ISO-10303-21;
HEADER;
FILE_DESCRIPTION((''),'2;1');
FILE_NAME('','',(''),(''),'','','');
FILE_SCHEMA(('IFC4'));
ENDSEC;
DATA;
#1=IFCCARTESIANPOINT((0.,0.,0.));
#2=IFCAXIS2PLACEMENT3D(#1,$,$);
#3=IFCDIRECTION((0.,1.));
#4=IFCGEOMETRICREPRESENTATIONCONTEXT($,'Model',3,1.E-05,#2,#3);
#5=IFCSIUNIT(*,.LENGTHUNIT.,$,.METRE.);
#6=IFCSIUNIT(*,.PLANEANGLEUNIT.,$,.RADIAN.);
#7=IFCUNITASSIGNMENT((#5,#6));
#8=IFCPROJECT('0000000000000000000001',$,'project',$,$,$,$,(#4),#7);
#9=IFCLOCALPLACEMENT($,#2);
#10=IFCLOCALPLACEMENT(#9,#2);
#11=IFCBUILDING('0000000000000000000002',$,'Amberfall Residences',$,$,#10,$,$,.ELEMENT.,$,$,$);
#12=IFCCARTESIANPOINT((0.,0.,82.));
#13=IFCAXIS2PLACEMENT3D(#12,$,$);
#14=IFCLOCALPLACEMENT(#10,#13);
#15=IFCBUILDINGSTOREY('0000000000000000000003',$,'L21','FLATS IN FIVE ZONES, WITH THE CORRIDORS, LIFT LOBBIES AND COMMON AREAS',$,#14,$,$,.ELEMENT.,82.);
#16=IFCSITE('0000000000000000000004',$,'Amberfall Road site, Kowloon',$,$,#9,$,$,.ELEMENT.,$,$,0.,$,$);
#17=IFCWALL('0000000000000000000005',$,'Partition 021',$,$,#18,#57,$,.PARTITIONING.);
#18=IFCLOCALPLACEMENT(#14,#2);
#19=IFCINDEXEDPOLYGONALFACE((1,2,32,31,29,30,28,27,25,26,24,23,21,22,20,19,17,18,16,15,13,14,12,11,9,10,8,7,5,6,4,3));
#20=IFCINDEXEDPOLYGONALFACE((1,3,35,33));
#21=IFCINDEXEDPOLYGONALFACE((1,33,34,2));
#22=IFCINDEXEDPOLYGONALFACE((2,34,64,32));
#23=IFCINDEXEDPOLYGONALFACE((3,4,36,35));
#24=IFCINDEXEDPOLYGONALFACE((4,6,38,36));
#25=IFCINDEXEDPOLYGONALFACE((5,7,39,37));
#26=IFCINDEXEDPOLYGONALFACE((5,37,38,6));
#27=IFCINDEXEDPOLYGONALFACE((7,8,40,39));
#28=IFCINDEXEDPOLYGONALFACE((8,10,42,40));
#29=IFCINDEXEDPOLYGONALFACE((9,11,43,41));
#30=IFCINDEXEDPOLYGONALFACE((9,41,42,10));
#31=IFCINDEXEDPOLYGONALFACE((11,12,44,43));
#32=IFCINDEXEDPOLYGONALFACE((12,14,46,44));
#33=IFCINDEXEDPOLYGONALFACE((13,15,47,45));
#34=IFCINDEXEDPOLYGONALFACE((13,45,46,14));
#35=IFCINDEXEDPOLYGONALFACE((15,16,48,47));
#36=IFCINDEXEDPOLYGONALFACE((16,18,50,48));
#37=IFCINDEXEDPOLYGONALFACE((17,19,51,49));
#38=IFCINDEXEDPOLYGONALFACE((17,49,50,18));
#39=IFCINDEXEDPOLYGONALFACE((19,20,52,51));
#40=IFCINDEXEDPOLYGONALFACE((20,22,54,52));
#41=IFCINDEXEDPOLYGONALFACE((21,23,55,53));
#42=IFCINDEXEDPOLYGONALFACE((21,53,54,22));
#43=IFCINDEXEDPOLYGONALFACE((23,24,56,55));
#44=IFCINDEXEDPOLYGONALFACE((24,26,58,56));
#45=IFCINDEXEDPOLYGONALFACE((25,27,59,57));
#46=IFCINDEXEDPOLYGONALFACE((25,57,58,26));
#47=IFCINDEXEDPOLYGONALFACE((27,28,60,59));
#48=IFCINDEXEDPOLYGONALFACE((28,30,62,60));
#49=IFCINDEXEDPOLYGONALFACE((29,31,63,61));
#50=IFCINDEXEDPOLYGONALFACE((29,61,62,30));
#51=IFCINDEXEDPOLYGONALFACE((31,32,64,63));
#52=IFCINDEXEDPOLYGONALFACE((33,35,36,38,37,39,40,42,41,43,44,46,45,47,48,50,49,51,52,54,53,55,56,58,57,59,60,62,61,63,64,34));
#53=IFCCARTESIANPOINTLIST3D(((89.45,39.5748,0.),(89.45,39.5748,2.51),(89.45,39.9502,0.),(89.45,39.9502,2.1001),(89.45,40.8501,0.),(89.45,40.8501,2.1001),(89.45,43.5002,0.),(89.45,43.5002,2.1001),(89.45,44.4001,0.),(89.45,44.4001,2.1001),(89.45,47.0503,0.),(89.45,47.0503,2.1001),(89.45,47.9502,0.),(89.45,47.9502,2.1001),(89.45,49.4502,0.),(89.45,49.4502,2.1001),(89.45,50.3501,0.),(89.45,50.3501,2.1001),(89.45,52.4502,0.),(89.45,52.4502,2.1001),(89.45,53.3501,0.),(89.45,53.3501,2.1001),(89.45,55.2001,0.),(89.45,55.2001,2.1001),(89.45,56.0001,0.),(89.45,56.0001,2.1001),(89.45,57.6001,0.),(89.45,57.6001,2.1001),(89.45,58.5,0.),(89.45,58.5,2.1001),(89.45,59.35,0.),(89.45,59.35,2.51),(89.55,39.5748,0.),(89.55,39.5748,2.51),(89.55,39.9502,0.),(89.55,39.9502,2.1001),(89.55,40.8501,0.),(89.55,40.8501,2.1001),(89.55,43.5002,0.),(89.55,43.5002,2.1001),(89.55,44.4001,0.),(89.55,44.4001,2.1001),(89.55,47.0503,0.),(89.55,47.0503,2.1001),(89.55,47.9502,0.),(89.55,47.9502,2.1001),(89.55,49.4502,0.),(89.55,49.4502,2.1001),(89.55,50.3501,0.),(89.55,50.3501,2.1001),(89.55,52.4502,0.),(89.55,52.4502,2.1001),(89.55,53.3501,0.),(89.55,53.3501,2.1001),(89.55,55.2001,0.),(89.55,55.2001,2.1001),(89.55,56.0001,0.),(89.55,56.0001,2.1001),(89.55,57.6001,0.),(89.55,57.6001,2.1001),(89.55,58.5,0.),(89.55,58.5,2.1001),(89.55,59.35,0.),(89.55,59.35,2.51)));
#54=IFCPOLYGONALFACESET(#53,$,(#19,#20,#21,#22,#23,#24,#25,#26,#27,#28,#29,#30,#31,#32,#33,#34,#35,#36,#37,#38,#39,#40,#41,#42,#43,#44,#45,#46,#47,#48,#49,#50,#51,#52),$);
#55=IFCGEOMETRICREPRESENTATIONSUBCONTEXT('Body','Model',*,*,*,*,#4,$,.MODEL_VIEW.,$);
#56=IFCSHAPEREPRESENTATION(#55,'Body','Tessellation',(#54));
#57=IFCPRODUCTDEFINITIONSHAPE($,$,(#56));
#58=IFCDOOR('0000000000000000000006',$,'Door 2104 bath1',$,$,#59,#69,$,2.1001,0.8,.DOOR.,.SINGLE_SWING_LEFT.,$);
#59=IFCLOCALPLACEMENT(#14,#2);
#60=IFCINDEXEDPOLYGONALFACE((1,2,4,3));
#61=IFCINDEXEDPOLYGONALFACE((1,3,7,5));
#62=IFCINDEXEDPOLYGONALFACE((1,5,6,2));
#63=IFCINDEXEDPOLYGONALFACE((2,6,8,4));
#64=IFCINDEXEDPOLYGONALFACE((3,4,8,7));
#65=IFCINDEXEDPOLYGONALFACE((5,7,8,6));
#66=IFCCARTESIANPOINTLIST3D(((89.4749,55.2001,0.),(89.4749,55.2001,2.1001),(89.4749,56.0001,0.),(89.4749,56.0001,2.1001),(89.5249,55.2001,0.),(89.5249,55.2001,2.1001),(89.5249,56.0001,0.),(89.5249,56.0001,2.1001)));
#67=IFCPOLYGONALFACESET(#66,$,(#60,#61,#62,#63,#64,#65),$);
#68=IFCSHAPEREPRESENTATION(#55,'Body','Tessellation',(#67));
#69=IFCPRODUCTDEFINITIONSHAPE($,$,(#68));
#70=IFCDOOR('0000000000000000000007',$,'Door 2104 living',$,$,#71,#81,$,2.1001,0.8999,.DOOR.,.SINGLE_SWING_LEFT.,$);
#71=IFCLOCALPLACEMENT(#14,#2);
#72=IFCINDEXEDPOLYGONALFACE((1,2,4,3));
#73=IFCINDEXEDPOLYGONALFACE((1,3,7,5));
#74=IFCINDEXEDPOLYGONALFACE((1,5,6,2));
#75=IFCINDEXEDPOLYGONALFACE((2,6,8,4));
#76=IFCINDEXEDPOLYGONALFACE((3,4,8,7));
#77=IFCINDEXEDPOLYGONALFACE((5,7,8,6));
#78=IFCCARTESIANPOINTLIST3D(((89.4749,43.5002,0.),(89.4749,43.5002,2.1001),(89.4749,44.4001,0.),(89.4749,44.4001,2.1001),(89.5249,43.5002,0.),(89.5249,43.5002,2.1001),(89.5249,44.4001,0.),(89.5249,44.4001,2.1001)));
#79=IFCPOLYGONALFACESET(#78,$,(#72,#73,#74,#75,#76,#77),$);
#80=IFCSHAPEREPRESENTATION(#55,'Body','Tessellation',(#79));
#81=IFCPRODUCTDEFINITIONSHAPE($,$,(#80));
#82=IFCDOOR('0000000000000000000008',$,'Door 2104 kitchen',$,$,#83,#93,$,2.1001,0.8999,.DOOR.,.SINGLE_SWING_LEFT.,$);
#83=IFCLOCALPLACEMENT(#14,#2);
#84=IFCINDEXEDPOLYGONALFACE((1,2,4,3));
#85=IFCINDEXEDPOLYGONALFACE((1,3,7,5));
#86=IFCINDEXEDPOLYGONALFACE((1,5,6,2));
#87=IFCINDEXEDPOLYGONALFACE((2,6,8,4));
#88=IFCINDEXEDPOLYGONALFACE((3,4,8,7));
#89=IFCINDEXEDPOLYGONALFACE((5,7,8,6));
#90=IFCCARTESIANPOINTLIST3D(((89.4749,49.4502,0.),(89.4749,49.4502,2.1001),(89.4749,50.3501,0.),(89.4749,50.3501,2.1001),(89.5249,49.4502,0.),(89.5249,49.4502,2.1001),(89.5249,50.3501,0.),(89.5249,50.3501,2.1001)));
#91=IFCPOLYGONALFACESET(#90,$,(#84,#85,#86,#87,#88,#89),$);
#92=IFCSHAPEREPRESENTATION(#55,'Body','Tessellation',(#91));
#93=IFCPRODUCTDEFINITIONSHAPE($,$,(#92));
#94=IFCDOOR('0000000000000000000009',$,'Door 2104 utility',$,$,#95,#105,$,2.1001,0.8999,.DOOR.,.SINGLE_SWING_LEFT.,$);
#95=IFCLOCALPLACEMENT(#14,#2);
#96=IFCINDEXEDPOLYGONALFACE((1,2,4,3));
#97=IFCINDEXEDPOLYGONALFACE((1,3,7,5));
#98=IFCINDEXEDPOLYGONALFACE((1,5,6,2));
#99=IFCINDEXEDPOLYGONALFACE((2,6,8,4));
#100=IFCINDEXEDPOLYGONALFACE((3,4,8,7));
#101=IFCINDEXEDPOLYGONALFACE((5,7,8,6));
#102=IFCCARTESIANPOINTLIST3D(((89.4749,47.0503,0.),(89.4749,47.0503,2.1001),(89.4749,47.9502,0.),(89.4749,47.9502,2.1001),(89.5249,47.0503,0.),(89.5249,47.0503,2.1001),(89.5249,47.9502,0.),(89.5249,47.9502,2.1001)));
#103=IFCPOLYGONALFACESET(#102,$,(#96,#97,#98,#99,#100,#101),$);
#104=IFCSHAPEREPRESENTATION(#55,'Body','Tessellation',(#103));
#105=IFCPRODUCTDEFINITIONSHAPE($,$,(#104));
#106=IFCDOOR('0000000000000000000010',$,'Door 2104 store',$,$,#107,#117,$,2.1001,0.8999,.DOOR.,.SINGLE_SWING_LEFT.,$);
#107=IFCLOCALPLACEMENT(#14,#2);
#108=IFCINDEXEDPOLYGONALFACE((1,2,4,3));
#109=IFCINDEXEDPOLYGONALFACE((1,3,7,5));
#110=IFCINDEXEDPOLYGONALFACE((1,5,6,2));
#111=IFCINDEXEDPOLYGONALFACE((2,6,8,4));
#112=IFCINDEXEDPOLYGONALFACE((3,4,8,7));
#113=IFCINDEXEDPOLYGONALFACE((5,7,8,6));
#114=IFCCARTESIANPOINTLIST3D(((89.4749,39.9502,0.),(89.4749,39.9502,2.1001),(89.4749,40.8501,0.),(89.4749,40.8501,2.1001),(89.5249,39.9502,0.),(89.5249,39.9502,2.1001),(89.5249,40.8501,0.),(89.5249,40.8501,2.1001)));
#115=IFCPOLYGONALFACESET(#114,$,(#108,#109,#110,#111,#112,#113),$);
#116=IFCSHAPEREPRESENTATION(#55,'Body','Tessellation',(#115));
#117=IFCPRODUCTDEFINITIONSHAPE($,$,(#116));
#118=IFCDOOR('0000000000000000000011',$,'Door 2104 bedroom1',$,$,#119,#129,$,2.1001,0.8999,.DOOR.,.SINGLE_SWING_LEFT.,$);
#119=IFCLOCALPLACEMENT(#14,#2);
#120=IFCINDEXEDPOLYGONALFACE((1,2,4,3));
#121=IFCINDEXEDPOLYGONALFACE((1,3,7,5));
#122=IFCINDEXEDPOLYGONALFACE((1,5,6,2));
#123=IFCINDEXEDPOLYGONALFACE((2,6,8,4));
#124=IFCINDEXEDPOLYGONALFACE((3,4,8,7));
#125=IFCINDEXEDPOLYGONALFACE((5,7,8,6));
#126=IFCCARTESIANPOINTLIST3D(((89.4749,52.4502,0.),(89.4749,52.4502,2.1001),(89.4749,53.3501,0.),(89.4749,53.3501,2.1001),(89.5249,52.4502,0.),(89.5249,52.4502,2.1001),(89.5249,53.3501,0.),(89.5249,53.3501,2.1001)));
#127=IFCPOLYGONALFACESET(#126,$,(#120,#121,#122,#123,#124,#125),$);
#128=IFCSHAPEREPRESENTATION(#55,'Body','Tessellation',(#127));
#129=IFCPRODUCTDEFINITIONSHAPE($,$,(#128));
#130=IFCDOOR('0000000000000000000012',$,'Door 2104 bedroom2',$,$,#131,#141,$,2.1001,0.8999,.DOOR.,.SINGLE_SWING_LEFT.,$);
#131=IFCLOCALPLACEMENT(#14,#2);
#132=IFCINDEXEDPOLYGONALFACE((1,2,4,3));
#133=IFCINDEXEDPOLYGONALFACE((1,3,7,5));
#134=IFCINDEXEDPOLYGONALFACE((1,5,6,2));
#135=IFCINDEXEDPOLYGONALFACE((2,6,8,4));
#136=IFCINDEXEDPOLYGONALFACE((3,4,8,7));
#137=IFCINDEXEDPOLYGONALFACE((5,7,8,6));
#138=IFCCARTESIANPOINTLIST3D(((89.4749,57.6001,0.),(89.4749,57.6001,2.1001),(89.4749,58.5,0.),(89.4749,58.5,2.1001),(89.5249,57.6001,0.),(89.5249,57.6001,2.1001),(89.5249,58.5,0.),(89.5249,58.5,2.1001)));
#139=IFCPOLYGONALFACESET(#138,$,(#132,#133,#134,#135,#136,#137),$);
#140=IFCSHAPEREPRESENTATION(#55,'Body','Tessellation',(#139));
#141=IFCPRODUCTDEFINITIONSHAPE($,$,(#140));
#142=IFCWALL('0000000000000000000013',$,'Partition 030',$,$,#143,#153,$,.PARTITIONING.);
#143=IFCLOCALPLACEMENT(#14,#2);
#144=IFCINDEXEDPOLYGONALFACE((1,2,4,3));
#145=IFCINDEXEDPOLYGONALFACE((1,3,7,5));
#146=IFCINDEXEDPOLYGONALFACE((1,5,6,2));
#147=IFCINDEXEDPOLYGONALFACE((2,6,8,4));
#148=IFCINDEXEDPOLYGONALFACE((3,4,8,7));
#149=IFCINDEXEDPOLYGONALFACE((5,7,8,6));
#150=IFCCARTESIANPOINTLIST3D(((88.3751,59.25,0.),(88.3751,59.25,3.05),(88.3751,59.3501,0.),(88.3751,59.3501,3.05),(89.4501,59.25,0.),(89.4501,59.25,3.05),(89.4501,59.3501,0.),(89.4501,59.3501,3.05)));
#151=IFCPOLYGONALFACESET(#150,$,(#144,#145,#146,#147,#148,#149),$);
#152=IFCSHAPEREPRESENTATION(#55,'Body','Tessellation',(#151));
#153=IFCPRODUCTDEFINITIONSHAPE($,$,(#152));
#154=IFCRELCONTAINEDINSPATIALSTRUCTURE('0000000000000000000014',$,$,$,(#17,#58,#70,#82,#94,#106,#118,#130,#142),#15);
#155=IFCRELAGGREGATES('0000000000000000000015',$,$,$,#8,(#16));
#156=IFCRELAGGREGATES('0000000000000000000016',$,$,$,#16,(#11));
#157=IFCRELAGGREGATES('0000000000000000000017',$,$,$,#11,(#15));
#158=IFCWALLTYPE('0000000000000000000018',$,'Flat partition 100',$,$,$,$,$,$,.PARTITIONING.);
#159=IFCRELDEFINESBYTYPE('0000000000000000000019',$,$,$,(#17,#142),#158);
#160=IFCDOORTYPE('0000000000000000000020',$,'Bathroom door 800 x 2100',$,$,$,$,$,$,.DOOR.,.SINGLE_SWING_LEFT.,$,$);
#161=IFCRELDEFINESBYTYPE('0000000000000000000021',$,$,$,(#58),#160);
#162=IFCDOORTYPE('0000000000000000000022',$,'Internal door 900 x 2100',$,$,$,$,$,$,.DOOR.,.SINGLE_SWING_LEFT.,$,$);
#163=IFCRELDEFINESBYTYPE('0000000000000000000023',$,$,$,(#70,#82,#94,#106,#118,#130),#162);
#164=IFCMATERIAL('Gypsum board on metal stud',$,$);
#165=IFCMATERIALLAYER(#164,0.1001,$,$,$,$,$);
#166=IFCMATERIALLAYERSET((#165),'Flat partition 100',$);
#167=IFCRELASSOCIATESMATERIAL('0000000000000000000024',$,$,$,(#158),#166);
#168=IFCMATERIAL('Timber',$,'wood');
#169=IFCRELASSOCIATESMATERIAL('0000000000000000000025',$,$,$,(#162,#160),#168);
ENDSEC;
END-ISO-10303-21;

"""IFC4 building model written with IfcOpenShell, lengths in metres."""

from ifc_helpers import new_model, si_unit, direction, frame, frame_2d, origin, place, context, subcontext, project, spatial, rectangle, extrude, material, layer, layer_set, type_object, element, fill, save


model = new_model("IFC4")

# Units and contexts
model_context = context("Model", 3, precision=1e-05, world=origin(), true_north=direction((0.0, 1.0)))
body_context = subcontext(model_context, "Body", "Model", "MODEL_VIEW")
ifc_project = project(units=[si_unit("LENGTHUNIT", "METRE"), si_unit("PLANEANGLEUNIT", "RADIAN")], contexts=[model_context])

# Site, building, storey
site_placement = place(None, origin())
site = spatial("IfcSite", under=ifc_project, at=site_placement, Name="Amberfall Road site, Kowloon", CompositionType="ELEMENT", RefElevation=0.0)
building_placement = place(site_placement, origin())
building = spatial("IfcBuilding", under=site, at=building_placement, Name="Amberfall Residences", CompositionType="ELEMENT")
storey_placement = place(building_placement, frame((0.0, 0.0, 82.0)))
storey = spatial("IfcBuildingStorey", under=building, at=storey_placement, Name="L21", Description="FLATS IN FIVE ZONES, WITH THE CORRIDORS, LIFT LOBBIES AND COMMON AREAS", CompositionType="ELEMENT", Elevation=82.0)

# Wall, openings, doors
ifc_material_1 = material(Name="Gypsum board on metal stud")
ifc_layer_1 = layer(ifc_material_1, 0.1001)
ifc_layer_set_1 = layer_set([ifc_layer_1], Name="Flat partition 100")
wall_type_1 = type_object("IfcWallType", Name="Flat partition 100", PredefinedType="PARTITIONING", material=ifc_layer_set_1)
ifc_material_2 = material(Name="Timber", Category="wood")
door_type_1 = type_object("IfcDoorType", Name="Internal door 900 x 2100", OperationType="SINGLE_SWING_LEFT", PredefinedType="DOOR", material=ifc_material_2)
wall_1_placement = place(storey_placement, frame((89.5, 59.3501, 0.0), z_axis=(0.0, 0.0, 1.0), x_axis=(0.0, -1.0, 0.0)))
wall_1 = element("IfcWall", 1, at=wall_1_placement, inside=storey, type_object=wall_type_1, Name="Partition 021", PredefinedType="PARTITIONING", context=body_context, shape_type="SweptSolid", body=[
    extrude(rectangle(XDim=19.7751, YDim=0.1001, at=frame_2d((9.8877, 0.0))), origin(), (0.0, 0.0, 1.0), 2.51),
])
opening_1_placement = place(wall_1_placement, frame((14.95, 0.0, 0.0)))
opening_1 = element("IfcOpeningElement", 2, at=opening_1_placement, cuts=wall_1, PredefinedType="OPENING", context=body_context, shape_type="SweptSolid", body=[
    extrude(rectangle(XDim=0.8999, YDim=2.1001, at=frame_2d((0.45, 1.05))), frame((0.0, 0.0601, 0.0), z_axis=(0.0, -1.0, 0.0), x_axis=(1.0, 0.0, 0.0)), (0.0, 0.0, 1.0), 0.1201),
])
opening_2_placement = place(wall_1_placement, frame((9.0, 0.0, 0.0)))
opening_2 = element("IfcOpeningElement", 3, at=opening_2_placement, cuts=wall_1, PredefinedType="OPENING", context=body_context, shape_type="SweptSolid", body=[
    extrude(rectangle(XDim=0.8999, YDim=2.1001, at=frame_2d((0.45, 1.05))), frame((0.0, 0.0601, 0.0), z_axis=(0.0, -1.0, 0.0), x_axis=(1.0, 0.0, 0.0)), (0.0, 0.0, 1.0), 0.1201),
])
opening_3_placement = place(wall_1_placement, frame((11.3999, 0.0, 0.0)))
opening_3 = element("IfcOpeningElement", 4, at=opening_3_placement, cuts=wall_1, PredefinedType="OPENING", context=body_context, shape_type="SweptSolid", body=[
    extrude(rectangle(XDim=0.8999, YDim=2.1001, at=frame_2d((0.45, 1.05))), frame((0.0, 0.0601, 0.0), z_axis=(0.0, -1.0, 0.0), x_axis=(1.0, 0.0, 0.0)), (0.0, 0.0, 1.0), 0.1201),
])
opening_4_placement = place(wall_1_placement, frame((18.5, 0.0, 0.0)))
opening_4 = element("IfcOpeningElement", 5, at=opening_4_placement, cuts=wall_1, PredefinedType="OPENING", context=body_context, shape_type="SweptSolid", body=[
    extrude(rectangle(XDim=0.8999, YDim=2.1001, at=frame_2d((0.45, 1.05))), frame((0.0, 0.0601, 0.0), z_axis=(0.0, -1.0, 0.0), x_axis=(1.0, 0.0, 0.0)), (0.0, 0.0, 1.0), 0.1201),
])
opening_5_placement = place(wall_1_placement, frame((6.0, 0.0, 0.0)))
opening_5 = element("IfcOpeningElement", 6, at=opening_5_placement, cuts=wall_1, PredefinedType="OPENING", context=body_context, shape_type="SweptSolid", body=[
    extrude(rectangle(XDim=0.8999, YDim=2.1001, at=frame_2d((0.45, 1.05))), frame((0.0, 0.0601, 0.0), z_axis=(0.0, -1.0, 0.0), x_axis=(1.0, 0.0, 0.0)), (0.0, 0.0, 1.0), 0.1201),
])
opening_6_placement = place(wall_1_placement, frame((0.8501, 0.0, 0.0)))
opening_6 = element("IfcOpeningElement", 7, at=opening_6_placement, cuts=wall_1, PredefinedType="OPENING", context=body_context, shape_type="SweptSolid", body=[
    extrude(rectangle(XDim=0.8999, YDim=2.1001, at=frame_2d((0.45, 1.05))), frame((0.0, 0.0601, 0.0), z_axis=(0.0, -1.0, 0.0), x_axis=(1.0, 0.0, 0.0)), (0.0, 0.0, 1.0), 0.1201),
])
opening_7_placement = place(wall_1_placement, frame((3.3501, 0.0, 0.0)))
opening_7 = element("IfcOpeningElement", 8, at=opening_7_placement, cuts=wall_1, PredefinedType="OPENING", context=body_context, shape_type="SweptSolid", body=[
    extrude(rectangle(XDim=0.8, YDim=2.1001, at=frame_2d((0.3999, 1.05))), frame((0.0, 0.0601, 0.0), z_axis=(0.0, -1.0, 0.0), x_axis=(1.0, 0.0, 0.0)), (0.0, 0.0, 1.0), 0.1201),
])
door_type_2 = type_object("IfcDoorType", Name="Bathroom door 800 x 2100", OperationType="SINGLE_SWING_LEFT", PredefinedType="DOOR", material=ifc_material_2)
door_1_placement = place(opening_7_placement, origin())
door_1 = element("IfcDoor", 9, at=door_1_placement, inside=storey, type_object=door_type_2, Name="Door 2104 bath1", OperationType="SINGLE_SWING_LEFT", OverallHeight=2.1001, OverallWidth=0.8, PredefinedType="DOOR", context=body_context, shape_type="SweptSolid", body=[
    extrude(rectangle(XDim=0.8, YDim=2.1001, at=frame_2d((0.3999, 1.05))), frame((0.0, 0.0249, 0.0), z_axis=(0.0, -1.0, 0.0), x_axis=(1.0, 0.0, 0.0)), (0.0, 0.0, 1.0), 0.05),
])
fill(opening_7, door_1)
door_2_placement = place(opening_1_placement, origin())
door_2 = element("IfcDoor", 10, at=door_2_placement, inside=storey, type_object=door_type_1, Name="Door 2104 living", OperationType="SINGLE_SWING_LEFT", OverallHeight=2.1001, OverallWidth=0.8999, PredefinedType="DOOR", context=body_context, shape_type="SweptSolid", body=[
    extrude(rectangle(XDim=0.8999, YDim=2.1001, at=frame_2d((0.45, 1.05))), frame((0.0, 0.0249, 0.0), z_axis=(0.0, -1.0, 0.0), x_axis=(1.0, 0.0, 0.0)), (0.0, 0.0, 1.0), 0.05),
])
fill(opening_1, door_2)
door_3_placement = place(opening_2_placement, origin())
door_3 = element("IfcDoor", 11, at=door_3_placement, inside=storey, type_object=door_type_1, Name="Door 2104 kitchen", OperationType="SINGLE_SWING_LEFT", OverallHeight=2.1001, OverallWidth=0.8999, PredefinedType="DOOR", context=body_context, shape_type="SweptSolid", body=[
    extrude(rectangle(XDim=0.8999, YDim=2.1001, at=frame_2d((0.45, 1.05))), frame((0.0, 0.0249, 0.0), z_axis=(0.0, -1.0, 0.0), x_axis=(1.0, 0.0, 0.0)), (0.0, 0.0, 1.0), 0.05),
])
fill(opening_2, door_3)
door_4_placement = place(opening_3_placement, origin())
door_4 = element("IfcDoor", 12, at=door_4_placement, inside=storey, type_object=door_type_1, Name="Door 2104 utility", OperationType="SINGLE_SWING_LEFT", OverallHeight=2.1001, OverallWidth=0.8999, PredefinedType="DOOR", context=body_context, shape_type="SweptSolid", body=[
    extrude(rectangle(XDim=0.8999, YDim=2.1001, at=frame_2d((0.45, 1.05))), frame((0.0, 0.0249, 0.0), z_axis=(0.0, -1.0, 0.0), x_axis=(1.0, 0.0, 0.0)), (0.0, 0.0, 1.0), 0.05),
])
fill(opening_3, door_4)
door_5_placement = place(opening_4_placement, origin())
door_5 = element("IfcDoor", 13, at=door_5_placement, inside=storey, type_object=door_type_1, Name="Door 2104 store", OperationType="SINGLE_SWING_LEFT", OverallHeight=2.1001, OverallWidth=0.8999, PredefinedType="DOOR", context=body_context, shape_type="SweptSolid", body=[
    extrude(rectangle(XDim=0.8999, YDim=2.1001, at=frame_2d((0.45, 1.05))), frame((0.0, 0.0249, 0.0), z_axis=(0.0, -1.0, 0.0), x_axis=(1.0, 0.0, 0.0)), (0.0, 0.0, 1.0), 0.05),
])
fill(opening_4, door_5)
door_6_placement = place(opening_5_placement, origin())
door_6 = element("IfcDoor", 14, at=door_6_placement, inside=storey, type_object=door_type_1, Name="Door 2104 bedroom1", OperationType="SINGLE_SWING_LEFT", OverallHeight=2.1001, OverallWidth=0.8999, PredefinedType="DOOR", context=body_context, shape_type="SweptSolid", body=[
    extrude(rectangle(XDim=0.8999, YDim=2.1001, at=frame_2d((0.45, 1.05))), frame((0.0, 0.0249, 0.0), z_axis=(0.0, -1.0, 0.0), x_axis=(1.0, 0.0, 0.0)), (0.0, 0.0, 1.0), 0.05),
])
fill(opening_5, door_6)
door_7_placement = place(opening_6_placement, origin())
door_7 = element("IfcDoor", 15, at=door_7_placement, inside=storey, type_object=door_type_1, Name="Door 2104 bedroom2", OperationType="SINGLE_SWING_LEFT", OverallHeight=2.1001, OverallWidth=0.8999, PredefinedType="DOOR", context=body_context, shape_type="SweptSolid", body=[
    extrude(rectangle(XDim=0.8999, YDim=2.1001, at=frame_2d((0.45, 1.05))), frame((0.0, 0.0249, 0.0), z_axis=(0.0, -1.0, 0.0), x_axis=(1.0, 0.0, 0.0)), (0.0, 0.0, 1.0), 0.05),
])
fill(opening_6, door_7)

# Wall
wall_2_placement = place(storey_placement, frame((88.375, 59.3, 0.0), z_axis=(0.0, 0.0, 1.0), x_axis=(1.0, 0.0, 0.0)))
element("IfcWall", 16, at=wall_2_placement, inside=storey, type_object=wall_type_1, Name="Partition 030", PredefinedType="PARTITIONING", context=body_context, shape_type="SweptSolid", body=[
    extrude(rectangle(XDim=1.075, YDim=0.1001, at=frame_2d((0.5376, 0.0))), origin(), (0.0, 0.0, 1.0), 3.05),
])

save(model, "model.ifc")
